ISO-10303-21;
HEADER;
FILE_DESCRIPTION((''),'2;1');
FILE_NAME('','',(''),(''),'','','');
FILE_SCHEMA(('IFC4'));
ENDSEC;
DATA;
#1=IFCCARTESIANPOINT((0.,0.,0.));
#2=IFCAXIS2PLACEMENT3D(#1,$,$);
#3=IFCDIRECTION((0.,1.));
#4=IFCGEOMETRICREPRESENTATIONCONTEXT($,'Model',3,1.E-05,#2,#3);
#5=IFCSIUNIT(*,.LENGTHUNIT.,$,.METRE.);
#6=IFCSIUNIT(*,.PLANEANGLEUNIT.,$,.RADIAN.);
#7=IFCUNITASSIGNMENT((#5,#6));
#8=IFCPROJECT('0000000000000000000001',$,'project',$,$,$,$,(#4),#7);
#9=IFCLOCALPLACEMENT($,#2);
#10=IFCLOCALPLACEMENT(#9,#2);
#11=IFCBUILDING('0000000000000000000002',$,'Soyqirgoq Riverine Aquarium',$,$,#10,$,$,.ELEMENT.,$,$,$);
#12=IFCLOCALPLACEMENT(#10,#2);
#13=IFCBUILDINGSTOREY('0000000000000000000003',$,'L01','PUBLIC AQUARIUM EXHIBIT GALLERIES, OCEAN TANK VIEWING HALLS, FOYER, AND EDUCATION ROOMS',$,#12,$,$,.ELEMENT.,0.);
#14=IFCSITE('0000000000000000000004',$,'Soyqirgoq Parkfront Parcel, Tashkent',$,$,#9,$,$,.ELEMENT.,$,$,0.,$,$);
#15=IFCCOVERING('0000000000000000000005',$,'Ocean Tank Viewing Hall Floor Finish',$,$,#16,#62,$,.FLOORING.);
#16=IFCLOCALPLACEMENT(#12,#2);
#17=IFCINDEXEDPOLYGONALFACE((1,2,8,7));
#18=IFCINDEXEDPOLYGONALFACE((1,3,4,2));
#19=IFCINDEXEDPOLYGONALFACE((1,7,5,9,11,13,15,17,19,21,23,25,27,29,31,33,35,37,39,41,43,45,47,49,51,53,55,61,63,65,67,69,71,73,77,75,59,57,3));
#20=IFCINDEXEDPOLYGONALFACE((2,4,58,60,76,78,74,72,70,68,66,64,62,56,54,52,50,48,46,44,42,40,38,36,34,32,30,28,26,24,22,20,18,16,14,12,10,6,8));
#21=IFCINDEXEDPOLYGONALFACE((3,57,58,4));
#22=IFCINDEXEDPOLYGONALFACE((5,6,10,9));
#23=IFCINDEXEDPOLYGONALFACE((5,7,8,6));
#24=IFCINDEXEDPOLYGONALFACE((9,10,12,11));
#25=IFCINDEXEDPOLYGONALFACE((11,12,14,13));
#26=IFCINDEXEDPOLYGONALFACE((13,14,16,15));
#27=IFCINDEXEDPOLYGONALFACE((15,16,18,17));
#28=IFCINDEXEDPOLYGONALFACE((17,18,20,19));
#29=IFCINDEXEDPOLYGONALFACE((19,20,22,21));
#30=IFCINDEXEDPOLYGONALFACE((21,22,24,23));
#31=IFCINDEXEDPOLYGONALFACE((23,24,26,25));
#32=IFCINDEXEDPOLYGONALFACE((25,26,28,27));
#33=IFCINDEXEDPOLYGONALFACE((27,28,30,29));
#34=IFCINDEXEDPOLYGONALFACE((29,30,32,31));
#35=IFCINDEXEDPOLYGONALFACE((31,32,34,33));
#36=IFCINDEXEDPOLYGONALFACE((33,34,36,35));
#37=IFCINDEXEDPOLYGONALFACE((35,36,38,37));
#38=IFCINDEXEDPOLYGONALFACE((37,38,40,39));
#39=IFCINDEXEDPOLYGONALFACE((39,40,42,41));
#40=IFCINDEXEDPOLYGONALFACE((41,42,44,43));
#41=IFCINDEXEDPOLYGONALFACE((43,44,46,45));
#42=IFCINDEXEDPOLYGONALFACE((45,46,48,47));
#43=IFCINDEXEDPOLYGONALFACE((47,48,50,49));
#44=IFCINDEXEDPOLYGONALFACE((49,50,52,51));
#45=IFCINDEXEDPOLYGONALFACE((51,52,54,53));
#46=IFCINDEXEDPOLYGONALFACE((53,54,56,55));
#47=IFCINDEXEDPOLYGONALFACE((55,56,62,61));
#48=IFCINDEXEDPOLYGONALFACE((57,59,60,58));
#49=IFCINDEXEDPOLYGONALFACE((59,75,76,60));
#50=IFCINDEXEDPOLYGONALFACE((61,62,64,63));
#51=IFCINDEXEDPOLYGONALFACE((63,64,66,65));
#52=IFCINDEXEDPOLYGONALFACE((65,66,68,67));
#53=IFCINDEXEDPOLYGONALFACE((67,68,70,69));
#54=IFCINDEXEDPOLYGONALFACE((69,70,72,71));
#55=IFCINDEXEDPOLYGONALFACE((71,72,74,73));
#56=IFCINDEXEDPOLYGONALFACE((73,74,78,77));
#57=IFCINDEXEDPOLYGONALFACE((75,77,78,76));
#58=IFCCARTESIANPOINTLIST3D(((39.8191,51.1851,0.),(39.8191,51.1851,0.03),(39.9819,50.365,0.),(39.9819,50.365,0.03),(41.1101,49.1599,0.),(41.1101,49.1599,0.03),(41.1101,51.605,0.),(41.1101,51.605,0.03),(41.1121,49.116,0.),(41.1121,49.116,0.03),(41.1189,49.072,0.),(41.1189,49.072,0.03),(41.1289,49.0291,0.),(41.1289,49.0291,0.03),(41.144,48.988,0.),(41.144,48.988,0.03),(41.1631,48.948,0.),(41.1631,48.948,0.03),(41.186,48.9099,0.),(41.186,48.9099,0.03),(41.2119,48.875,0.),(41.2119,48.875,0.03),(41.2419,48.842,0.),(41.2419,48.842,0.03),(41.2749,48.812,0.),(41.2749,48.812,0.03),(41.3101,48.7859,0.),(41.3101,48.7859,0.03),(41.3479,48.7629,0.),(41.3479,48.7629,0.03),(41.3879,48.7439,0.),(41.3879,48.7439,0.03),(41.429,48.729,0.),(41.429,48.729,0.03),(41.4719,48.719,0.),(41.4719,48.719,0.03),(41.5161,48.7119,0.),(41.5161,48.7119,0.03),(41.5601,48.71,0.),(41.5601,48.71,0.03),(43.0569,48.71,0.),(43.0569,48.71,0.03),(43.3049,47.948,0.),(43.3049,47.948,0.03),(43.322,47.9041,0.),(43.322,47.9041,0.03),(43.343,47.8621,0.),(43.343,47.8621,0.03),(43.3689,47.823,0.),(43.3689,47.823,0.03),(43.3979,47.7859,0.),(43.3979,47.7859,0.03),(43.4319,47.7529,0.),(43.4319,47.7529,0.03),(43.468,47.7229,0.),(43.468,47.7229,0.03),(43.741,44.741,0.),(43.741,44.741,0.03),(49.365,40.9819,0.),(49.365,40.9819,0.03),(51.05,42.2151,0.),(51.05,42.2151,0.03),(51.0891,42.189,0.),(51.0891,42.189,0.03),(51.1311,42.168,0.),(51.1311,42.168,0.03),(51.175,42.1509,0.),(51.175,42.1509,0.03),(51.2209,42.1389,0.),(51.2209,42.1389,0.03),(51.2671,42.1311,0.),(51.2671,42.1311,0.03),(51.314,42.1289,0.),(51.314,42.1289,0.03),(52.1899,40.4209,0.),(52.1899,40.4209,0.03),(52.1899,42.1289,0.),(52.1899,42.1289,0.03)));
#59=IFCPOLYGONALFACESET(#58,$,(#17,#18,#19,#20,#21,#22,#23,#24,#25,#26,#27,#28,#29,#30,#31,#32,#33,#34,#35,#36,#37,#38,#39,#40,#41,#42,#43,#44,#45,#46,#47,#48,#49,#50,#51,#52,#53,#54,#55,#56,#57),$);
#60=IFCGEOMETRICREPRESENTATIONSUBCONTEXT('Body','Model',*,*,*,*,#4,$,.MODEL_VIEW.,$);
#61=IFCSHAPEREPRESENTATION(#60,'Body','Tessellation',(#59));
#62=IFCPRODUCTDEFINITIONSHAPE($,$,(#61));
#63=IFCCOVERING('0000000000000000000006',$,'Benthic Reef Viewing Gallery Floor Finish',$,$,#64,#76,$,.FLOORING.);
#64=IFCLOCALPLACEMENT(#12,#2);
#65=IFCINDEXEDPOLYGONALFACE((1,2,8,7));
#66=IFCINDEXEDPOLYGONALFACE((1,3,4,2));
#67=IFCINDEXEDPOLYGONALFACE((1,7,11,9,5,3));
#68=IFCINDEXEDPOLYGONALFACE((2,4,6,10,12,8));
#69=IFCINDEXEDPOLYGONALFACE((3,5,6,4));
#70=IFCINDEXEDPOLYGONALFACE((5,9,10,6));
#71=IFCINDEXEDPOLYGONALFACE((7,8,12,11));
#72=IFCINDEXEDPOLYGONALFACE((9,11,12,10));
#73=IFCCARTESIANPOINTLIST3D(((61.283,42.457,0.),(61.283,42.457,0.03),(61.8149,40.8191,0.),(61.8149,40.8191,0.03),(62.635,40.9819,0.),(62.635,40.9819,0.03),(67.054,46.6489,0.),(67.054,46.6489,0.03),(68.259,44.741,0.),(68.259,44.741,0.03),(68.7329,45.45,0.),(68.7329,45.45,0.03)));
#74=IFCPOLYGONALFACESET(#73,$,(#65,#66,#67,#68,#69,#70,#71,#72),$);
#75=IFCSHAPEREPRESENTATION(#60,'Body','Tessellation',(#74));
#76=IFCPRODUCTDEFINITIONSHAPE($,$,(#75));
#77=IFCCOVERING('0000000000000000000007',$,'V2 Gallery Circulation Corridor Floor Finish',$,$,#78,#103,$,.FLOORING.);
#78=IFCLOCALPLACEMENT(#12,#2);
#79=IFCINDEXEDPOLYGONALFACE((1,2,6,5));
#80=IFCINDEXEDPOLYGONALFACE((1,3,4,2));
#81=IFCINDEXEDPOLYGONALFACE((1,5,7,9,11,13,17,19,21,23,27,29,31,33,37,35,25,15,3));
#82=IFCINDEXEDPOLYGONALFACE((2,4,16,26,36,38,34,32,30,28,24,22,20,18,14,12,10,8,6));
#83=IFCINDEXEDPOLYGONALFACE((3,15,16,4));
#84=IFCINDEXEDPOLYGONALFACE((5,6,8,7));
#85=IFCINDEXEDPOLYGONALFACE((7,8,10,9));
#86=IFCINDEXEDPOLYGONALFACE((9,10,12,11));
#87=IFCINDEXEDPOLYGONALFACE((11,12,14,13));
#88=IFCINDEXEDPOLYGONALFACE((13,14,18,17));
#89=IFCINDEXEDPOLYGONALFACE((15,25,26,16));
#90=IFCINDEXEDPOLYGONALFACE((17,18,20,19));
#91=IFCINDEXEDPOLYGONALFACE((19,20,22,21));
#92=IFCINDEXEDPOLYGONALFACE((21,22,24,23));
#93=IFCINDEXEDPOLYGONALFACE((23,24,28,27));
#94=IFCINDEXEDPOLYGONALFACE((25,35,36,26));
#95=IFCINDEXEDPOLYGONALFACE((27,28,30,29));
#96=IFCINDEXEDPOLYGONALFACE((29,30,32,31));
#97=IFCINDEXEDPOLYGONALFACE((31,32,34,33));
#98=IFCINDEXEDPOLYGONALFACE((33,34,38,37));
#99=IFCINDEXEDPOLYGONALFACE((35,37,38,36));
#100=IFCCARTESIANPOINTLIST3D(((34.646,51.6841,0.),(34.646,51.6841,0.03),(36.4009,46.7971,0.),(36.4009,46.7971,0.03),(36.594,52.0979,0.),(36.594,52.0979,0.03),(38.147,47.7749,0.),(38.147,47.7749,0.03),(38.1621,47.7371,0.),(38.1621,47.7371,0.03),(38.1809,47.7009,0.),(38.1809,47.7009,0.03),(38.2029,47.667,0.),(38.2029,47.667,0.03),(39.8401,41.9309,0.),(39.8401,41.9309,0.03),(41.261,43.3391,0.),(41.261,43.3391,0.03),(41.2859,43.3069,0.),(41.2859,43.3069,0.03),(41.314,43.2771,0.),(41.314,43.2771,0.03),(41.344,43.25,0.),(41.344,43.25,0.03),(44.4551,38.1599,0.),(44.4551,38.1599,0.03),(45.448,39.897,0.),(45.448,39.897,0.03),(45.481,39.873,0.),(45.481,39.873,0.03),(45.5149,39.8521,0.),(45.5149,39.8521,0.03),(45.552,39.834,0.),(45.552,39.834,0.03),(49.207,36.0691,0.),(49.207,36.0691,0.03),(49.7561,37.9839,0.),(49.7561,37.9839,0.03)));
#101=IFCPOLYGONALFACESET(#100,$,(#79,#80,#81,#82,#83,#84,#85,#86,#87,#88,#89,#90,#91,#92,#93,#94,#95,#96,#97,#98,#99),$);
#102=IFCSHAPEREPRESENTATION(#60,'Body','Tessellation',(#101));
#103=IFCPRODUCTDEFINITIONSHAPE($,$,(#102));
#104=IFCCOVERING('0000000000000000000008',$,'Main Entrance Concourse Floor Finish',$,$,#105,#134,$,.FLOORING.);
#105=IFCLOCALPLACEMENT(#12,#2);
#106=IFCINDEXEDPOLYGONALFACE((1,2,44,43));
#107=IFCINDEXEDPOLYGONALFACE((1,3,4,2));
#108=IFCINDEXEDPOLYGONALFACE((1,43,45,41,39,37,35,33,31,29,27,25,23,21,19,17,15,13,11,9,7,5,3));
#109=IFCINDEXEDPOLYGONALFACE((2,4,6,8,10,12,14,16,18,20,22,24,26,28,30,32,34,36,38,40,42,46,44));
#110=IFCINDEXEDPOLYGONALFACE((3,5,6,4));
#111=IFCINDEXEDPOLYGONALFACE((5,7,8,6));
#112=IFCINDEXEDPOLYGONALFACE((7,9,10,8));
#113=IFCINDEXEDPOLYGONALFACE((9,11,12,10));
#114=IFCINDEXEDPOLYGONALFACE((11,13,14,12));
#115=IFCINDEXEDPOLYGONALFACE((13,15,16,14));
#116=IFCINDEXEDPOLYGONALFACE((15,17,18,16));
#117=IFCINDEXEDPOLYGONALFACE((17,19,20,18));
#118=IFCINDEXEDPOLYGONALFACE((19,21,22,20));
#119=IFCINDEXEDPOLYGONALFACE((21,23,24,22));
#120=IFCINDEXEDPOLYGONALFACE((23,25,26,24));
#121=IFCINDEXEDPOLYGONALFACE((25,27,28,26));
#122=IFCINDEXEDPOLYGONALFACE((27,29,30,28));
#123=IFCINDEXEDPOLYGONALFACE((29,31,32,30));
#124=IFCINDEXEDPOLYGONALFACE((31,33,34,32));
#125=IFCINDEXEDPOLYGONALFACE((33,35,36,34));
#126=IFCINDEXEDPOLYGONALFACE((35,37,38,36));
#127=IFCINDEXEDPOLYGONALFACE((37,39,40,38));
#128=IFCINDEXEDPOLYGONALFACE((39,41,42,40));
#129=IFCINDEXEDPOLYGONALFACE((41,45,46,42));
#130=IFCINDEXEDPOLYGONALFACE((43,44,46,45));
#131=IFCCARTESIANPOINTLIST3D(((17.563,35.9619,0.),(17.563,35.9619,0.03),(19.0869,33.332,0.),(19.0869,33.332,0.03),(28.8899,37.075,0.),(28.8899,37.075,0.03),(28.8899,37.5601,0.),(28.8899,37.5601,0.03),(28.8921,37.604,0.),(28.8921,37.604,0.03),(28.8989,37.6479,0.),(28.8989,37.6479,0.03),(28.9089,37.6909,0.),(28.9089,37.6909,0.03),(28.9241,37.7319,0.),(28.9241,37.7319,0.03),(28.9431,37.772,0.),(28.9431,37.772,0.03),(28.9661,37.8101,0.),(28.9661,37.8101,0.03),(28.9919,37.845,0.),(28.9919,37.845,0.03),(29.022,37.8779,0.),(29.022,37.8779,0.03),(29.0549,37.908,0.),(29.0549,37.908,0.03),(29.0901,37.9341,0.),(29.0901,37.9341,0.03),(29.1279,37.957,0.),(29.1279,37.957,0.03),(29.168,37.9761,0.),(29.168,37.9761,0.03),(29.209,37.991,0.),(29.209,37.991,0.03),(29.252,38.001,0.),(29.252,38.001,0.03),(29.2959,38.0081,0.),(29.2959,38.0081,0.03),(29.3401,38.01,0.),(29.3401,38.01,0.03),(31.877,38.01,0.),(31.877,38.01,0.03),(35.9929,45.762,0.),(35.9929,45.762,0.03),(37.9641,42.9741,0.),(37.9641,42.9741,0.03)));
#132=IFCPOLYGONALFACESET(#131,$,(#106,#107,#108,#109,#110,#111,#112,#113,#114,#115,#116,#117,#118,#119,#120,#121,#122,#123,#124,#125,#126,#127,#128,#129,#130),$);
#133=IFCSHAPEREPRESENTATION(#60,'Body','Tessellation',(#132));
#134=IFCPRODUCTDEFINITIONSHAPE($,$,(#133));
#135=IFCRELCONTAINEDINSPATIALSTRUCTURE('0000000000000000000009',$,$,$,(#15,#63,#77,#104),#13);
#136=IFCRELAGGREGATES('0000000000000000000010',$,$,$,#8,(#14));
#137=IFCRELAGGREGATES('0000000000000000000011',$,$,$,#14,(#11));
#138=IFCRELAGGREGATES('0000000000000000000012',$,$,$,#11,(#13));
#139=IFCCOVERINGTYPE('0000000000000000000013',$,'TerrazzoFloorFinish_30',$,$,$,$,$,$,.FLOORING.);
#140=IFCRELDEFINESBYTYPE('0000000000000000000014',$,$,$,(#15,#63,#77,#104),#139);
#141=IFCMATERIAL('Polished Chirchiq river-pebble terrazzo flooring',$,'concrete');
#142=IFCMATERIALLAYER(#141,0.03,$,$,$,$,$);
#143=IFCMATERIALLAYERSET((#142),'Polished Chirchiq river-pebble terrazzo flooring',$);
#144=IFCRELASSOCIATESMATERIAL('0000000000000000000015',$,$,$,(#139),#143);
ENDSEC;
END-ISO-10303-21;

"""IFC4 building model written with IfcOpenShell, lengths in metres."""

from ifc_helpers import new_model, si_unit, direction, origin, place, context, subcontext, project, spatial, polyline, outline, extrude, material, layer, layer_set, type_object, element, save


model = new_model("IFC4")

# Units and contexts
model_context = context("Model", 3, precision=1e-05, world=origin(), true_north=direction((0.0, 1.0)))
body_context = subcontext(model_context, "Body", "Model", "MODEL_VIEW")
ifc_project = project(units=[si_unit("LENGTHUNIT", "METRE"), si_unit("PLANEANGLEUNIT", "RADIAN")], contexts=[model_context])

# Site, building, storey
site_placement = place(None, origin())
site = spatial("IfcSite", under=ifc_project, at=site_placement, Name="Soyqirgoq Parkfront Parcel, Tashkent", CompositionType="ELEMENT", RefElevation=0.0)
building_placement = place(site_placement, origin())
building = spatial("IfcBuilding", under=site, at=building_placement, Name="Soyqirgoq Riverine Aquarium", CompositionType="ELEMENT")
storey_placement = place(building_placement, origin())
storey = spatial("IfcBuildingStorey", under=building, at=storey_placement, Name="L01", Description="PUBLIC AQUARIUM EXHIBIT GALLERIES, OCEAN TANK VIEWING HALLS, FOYER, AND EDUCATION ROOMS", CompositionType="ELEMENT", Elevation=0.0)

# Coverings
ifc_material_1 = material(Name="Polished Chirchiq river-pebble terrazzo flooring", Category="concrete")
ifc_layer_1 = layer(ifc_material_1, 0.03)
ifc_layer_set_1 = layer_set([ifc_layer_1], Name="Polished Chirchiq river-pebble terrazzo flooring")
covering_type_1 = type_object("IfcCoveringType", Name="TerrazzoFloorFinish_30", PredefinedType="FLOORING", material=ifc_layer_set_1)
covering_1_placement = place(storey_placement, origin())
element("IfcCovering", 1, at=covering_1_placement, inside=storey, type_object=covering_type_1, Name="Ocean Tank Viewing Hall Floor Finish", PredefinedType="FLOORING", context=body_context, shape_type="SweptSolid", body=[
    extrude(outline(polyline([(52.1899, 40.4209), (49.365, 40.9819), (43.741, 44.741), (39.9819, 50.365), (39.8191, 51.1851), (41.1101, 51.605), (41.1101, 49.1599), (41.1121, 49.116), (41.1189, 49.072), (41.1289, 49.0291), (41.144, 48.988), (41.1631, 48.948), (41.186, 48.9099), (41.2119, 48.875), (41.2419, 48.842), (41.2749, 48.812), (41.3101, 48.7859), (41.3479, 48.7629), (41.3879, 48.7439), (41.429, 48.729), (41.4719, 48.719), (41.5161, 48.7119), (41.5601, 48.71), (43.0569, 48.71), (43.3049, 47.948), (43.322, 47.9041), (43.343, 47.8621), (43.3689, 47.823), (43.3979, 47.7859), (43.4319, 47.7529), (43.468, 47.7229), (51.05, 42.2151), (51.0891, 42.189), (51.1311, 42.168), (51.175, 42.1509), (51.2209, 42.1389), (51.2671, 42.1311), (51.314, 42.1289), (52.1899, 42.1289), (52.1899, 40.4209)])), origin(), (0.0, 0.0, 1.0), 0.03),
])
covering_2_placement = place(storey_placement, origin())
element("IfcCovering", 2, at=covering_2_placement, inside=storey, type_object=covering_type_1, Name="Benthic Reef Viewing Gallery Floor Finish", PredefinedType="FLOORING", context=body_context, shape_type="SweptSolid", body=[
    extrude(outline(polyline([(68.259, 44.741), (62.635, 40.9819), (61.8149, 40.8191), (61.283, 42.457), (67.054, 46.6489), (68.7329, 45.45), (68.259, 44.741)])), origin(), (0.0, 0.0, 1.0), 0.03),
])
covering_3_placement = place(storey_placement, origin())
element("IfcCovering", 3, at=covering_3_placement, inside=storey, type_object=covering_type_1, Name="V2 Gallery Circulation Corridor Floor Finish", PredefinedType="FLOORING", context=body_context, shape_type="SweptSolid", body=[
    extrude(outline(polyline([(49.207, 36.0691), (44.4551, 38.1599), (39.8401, 41.9309), (36.4009, 46.7971), (34.646, 51.6841), (36.594, 52.0979), (38.147, 47.7749), (38.1621, 47.7371), (38.1809, 47.7009), (38.2029, 47.667), (41.261, 43.3391), (41.2859, 43.3069), (41.314, 43.2771), (41.344, 43.25), (45.448, 39.897), (45.481, 39.873), (45.5149, 39.8521), (45.552, 39.834), (49.7561, 37.9839), (49.207, 36.0691)])), origin(), (0.0, 0.0, 1.0), 0.03),
])
covering_4_placement = place(storey_placement, origin())
element("IfcCovering", 4, at=covering_4_placement, inside=storey, type_object=covering_type_1, Name="Main Entrance Concourse Floor Finish", PredefinedType="FLOORING", context=body_context, shape_type="SweptSolid", body=[
    extrude(outline(polyline([(19.0869, 33.332), (17.563, 35.9619), (35.9929, 45.762), (37.9641, 42.9741), (31.877, 38.01), (29.3401, 38.01), (29.2959, 38.0081), (29.252, 38.001), (29.209, 37.991), (29.168, 37.9761), (29.1279, 37.957), (29.0901, 37.9341), (29.0549, 37.908), (29.022, 37.8779), (28.9919, 37.845), (28.9661, 37.8101), (28.9431, 37.772), (28.9241, 37.7319), (28.9089, 37.6909), (28.8989, 37.6479), (28.8921, 37.604), (28.8899, 37.5601), (28.8899, 37.075), (19.0869, 33.332), (19.0869, 33.332)])), origin(), (0.0, 0.0, 1.0), 0.03),
])

save(model, "model.ifc")
